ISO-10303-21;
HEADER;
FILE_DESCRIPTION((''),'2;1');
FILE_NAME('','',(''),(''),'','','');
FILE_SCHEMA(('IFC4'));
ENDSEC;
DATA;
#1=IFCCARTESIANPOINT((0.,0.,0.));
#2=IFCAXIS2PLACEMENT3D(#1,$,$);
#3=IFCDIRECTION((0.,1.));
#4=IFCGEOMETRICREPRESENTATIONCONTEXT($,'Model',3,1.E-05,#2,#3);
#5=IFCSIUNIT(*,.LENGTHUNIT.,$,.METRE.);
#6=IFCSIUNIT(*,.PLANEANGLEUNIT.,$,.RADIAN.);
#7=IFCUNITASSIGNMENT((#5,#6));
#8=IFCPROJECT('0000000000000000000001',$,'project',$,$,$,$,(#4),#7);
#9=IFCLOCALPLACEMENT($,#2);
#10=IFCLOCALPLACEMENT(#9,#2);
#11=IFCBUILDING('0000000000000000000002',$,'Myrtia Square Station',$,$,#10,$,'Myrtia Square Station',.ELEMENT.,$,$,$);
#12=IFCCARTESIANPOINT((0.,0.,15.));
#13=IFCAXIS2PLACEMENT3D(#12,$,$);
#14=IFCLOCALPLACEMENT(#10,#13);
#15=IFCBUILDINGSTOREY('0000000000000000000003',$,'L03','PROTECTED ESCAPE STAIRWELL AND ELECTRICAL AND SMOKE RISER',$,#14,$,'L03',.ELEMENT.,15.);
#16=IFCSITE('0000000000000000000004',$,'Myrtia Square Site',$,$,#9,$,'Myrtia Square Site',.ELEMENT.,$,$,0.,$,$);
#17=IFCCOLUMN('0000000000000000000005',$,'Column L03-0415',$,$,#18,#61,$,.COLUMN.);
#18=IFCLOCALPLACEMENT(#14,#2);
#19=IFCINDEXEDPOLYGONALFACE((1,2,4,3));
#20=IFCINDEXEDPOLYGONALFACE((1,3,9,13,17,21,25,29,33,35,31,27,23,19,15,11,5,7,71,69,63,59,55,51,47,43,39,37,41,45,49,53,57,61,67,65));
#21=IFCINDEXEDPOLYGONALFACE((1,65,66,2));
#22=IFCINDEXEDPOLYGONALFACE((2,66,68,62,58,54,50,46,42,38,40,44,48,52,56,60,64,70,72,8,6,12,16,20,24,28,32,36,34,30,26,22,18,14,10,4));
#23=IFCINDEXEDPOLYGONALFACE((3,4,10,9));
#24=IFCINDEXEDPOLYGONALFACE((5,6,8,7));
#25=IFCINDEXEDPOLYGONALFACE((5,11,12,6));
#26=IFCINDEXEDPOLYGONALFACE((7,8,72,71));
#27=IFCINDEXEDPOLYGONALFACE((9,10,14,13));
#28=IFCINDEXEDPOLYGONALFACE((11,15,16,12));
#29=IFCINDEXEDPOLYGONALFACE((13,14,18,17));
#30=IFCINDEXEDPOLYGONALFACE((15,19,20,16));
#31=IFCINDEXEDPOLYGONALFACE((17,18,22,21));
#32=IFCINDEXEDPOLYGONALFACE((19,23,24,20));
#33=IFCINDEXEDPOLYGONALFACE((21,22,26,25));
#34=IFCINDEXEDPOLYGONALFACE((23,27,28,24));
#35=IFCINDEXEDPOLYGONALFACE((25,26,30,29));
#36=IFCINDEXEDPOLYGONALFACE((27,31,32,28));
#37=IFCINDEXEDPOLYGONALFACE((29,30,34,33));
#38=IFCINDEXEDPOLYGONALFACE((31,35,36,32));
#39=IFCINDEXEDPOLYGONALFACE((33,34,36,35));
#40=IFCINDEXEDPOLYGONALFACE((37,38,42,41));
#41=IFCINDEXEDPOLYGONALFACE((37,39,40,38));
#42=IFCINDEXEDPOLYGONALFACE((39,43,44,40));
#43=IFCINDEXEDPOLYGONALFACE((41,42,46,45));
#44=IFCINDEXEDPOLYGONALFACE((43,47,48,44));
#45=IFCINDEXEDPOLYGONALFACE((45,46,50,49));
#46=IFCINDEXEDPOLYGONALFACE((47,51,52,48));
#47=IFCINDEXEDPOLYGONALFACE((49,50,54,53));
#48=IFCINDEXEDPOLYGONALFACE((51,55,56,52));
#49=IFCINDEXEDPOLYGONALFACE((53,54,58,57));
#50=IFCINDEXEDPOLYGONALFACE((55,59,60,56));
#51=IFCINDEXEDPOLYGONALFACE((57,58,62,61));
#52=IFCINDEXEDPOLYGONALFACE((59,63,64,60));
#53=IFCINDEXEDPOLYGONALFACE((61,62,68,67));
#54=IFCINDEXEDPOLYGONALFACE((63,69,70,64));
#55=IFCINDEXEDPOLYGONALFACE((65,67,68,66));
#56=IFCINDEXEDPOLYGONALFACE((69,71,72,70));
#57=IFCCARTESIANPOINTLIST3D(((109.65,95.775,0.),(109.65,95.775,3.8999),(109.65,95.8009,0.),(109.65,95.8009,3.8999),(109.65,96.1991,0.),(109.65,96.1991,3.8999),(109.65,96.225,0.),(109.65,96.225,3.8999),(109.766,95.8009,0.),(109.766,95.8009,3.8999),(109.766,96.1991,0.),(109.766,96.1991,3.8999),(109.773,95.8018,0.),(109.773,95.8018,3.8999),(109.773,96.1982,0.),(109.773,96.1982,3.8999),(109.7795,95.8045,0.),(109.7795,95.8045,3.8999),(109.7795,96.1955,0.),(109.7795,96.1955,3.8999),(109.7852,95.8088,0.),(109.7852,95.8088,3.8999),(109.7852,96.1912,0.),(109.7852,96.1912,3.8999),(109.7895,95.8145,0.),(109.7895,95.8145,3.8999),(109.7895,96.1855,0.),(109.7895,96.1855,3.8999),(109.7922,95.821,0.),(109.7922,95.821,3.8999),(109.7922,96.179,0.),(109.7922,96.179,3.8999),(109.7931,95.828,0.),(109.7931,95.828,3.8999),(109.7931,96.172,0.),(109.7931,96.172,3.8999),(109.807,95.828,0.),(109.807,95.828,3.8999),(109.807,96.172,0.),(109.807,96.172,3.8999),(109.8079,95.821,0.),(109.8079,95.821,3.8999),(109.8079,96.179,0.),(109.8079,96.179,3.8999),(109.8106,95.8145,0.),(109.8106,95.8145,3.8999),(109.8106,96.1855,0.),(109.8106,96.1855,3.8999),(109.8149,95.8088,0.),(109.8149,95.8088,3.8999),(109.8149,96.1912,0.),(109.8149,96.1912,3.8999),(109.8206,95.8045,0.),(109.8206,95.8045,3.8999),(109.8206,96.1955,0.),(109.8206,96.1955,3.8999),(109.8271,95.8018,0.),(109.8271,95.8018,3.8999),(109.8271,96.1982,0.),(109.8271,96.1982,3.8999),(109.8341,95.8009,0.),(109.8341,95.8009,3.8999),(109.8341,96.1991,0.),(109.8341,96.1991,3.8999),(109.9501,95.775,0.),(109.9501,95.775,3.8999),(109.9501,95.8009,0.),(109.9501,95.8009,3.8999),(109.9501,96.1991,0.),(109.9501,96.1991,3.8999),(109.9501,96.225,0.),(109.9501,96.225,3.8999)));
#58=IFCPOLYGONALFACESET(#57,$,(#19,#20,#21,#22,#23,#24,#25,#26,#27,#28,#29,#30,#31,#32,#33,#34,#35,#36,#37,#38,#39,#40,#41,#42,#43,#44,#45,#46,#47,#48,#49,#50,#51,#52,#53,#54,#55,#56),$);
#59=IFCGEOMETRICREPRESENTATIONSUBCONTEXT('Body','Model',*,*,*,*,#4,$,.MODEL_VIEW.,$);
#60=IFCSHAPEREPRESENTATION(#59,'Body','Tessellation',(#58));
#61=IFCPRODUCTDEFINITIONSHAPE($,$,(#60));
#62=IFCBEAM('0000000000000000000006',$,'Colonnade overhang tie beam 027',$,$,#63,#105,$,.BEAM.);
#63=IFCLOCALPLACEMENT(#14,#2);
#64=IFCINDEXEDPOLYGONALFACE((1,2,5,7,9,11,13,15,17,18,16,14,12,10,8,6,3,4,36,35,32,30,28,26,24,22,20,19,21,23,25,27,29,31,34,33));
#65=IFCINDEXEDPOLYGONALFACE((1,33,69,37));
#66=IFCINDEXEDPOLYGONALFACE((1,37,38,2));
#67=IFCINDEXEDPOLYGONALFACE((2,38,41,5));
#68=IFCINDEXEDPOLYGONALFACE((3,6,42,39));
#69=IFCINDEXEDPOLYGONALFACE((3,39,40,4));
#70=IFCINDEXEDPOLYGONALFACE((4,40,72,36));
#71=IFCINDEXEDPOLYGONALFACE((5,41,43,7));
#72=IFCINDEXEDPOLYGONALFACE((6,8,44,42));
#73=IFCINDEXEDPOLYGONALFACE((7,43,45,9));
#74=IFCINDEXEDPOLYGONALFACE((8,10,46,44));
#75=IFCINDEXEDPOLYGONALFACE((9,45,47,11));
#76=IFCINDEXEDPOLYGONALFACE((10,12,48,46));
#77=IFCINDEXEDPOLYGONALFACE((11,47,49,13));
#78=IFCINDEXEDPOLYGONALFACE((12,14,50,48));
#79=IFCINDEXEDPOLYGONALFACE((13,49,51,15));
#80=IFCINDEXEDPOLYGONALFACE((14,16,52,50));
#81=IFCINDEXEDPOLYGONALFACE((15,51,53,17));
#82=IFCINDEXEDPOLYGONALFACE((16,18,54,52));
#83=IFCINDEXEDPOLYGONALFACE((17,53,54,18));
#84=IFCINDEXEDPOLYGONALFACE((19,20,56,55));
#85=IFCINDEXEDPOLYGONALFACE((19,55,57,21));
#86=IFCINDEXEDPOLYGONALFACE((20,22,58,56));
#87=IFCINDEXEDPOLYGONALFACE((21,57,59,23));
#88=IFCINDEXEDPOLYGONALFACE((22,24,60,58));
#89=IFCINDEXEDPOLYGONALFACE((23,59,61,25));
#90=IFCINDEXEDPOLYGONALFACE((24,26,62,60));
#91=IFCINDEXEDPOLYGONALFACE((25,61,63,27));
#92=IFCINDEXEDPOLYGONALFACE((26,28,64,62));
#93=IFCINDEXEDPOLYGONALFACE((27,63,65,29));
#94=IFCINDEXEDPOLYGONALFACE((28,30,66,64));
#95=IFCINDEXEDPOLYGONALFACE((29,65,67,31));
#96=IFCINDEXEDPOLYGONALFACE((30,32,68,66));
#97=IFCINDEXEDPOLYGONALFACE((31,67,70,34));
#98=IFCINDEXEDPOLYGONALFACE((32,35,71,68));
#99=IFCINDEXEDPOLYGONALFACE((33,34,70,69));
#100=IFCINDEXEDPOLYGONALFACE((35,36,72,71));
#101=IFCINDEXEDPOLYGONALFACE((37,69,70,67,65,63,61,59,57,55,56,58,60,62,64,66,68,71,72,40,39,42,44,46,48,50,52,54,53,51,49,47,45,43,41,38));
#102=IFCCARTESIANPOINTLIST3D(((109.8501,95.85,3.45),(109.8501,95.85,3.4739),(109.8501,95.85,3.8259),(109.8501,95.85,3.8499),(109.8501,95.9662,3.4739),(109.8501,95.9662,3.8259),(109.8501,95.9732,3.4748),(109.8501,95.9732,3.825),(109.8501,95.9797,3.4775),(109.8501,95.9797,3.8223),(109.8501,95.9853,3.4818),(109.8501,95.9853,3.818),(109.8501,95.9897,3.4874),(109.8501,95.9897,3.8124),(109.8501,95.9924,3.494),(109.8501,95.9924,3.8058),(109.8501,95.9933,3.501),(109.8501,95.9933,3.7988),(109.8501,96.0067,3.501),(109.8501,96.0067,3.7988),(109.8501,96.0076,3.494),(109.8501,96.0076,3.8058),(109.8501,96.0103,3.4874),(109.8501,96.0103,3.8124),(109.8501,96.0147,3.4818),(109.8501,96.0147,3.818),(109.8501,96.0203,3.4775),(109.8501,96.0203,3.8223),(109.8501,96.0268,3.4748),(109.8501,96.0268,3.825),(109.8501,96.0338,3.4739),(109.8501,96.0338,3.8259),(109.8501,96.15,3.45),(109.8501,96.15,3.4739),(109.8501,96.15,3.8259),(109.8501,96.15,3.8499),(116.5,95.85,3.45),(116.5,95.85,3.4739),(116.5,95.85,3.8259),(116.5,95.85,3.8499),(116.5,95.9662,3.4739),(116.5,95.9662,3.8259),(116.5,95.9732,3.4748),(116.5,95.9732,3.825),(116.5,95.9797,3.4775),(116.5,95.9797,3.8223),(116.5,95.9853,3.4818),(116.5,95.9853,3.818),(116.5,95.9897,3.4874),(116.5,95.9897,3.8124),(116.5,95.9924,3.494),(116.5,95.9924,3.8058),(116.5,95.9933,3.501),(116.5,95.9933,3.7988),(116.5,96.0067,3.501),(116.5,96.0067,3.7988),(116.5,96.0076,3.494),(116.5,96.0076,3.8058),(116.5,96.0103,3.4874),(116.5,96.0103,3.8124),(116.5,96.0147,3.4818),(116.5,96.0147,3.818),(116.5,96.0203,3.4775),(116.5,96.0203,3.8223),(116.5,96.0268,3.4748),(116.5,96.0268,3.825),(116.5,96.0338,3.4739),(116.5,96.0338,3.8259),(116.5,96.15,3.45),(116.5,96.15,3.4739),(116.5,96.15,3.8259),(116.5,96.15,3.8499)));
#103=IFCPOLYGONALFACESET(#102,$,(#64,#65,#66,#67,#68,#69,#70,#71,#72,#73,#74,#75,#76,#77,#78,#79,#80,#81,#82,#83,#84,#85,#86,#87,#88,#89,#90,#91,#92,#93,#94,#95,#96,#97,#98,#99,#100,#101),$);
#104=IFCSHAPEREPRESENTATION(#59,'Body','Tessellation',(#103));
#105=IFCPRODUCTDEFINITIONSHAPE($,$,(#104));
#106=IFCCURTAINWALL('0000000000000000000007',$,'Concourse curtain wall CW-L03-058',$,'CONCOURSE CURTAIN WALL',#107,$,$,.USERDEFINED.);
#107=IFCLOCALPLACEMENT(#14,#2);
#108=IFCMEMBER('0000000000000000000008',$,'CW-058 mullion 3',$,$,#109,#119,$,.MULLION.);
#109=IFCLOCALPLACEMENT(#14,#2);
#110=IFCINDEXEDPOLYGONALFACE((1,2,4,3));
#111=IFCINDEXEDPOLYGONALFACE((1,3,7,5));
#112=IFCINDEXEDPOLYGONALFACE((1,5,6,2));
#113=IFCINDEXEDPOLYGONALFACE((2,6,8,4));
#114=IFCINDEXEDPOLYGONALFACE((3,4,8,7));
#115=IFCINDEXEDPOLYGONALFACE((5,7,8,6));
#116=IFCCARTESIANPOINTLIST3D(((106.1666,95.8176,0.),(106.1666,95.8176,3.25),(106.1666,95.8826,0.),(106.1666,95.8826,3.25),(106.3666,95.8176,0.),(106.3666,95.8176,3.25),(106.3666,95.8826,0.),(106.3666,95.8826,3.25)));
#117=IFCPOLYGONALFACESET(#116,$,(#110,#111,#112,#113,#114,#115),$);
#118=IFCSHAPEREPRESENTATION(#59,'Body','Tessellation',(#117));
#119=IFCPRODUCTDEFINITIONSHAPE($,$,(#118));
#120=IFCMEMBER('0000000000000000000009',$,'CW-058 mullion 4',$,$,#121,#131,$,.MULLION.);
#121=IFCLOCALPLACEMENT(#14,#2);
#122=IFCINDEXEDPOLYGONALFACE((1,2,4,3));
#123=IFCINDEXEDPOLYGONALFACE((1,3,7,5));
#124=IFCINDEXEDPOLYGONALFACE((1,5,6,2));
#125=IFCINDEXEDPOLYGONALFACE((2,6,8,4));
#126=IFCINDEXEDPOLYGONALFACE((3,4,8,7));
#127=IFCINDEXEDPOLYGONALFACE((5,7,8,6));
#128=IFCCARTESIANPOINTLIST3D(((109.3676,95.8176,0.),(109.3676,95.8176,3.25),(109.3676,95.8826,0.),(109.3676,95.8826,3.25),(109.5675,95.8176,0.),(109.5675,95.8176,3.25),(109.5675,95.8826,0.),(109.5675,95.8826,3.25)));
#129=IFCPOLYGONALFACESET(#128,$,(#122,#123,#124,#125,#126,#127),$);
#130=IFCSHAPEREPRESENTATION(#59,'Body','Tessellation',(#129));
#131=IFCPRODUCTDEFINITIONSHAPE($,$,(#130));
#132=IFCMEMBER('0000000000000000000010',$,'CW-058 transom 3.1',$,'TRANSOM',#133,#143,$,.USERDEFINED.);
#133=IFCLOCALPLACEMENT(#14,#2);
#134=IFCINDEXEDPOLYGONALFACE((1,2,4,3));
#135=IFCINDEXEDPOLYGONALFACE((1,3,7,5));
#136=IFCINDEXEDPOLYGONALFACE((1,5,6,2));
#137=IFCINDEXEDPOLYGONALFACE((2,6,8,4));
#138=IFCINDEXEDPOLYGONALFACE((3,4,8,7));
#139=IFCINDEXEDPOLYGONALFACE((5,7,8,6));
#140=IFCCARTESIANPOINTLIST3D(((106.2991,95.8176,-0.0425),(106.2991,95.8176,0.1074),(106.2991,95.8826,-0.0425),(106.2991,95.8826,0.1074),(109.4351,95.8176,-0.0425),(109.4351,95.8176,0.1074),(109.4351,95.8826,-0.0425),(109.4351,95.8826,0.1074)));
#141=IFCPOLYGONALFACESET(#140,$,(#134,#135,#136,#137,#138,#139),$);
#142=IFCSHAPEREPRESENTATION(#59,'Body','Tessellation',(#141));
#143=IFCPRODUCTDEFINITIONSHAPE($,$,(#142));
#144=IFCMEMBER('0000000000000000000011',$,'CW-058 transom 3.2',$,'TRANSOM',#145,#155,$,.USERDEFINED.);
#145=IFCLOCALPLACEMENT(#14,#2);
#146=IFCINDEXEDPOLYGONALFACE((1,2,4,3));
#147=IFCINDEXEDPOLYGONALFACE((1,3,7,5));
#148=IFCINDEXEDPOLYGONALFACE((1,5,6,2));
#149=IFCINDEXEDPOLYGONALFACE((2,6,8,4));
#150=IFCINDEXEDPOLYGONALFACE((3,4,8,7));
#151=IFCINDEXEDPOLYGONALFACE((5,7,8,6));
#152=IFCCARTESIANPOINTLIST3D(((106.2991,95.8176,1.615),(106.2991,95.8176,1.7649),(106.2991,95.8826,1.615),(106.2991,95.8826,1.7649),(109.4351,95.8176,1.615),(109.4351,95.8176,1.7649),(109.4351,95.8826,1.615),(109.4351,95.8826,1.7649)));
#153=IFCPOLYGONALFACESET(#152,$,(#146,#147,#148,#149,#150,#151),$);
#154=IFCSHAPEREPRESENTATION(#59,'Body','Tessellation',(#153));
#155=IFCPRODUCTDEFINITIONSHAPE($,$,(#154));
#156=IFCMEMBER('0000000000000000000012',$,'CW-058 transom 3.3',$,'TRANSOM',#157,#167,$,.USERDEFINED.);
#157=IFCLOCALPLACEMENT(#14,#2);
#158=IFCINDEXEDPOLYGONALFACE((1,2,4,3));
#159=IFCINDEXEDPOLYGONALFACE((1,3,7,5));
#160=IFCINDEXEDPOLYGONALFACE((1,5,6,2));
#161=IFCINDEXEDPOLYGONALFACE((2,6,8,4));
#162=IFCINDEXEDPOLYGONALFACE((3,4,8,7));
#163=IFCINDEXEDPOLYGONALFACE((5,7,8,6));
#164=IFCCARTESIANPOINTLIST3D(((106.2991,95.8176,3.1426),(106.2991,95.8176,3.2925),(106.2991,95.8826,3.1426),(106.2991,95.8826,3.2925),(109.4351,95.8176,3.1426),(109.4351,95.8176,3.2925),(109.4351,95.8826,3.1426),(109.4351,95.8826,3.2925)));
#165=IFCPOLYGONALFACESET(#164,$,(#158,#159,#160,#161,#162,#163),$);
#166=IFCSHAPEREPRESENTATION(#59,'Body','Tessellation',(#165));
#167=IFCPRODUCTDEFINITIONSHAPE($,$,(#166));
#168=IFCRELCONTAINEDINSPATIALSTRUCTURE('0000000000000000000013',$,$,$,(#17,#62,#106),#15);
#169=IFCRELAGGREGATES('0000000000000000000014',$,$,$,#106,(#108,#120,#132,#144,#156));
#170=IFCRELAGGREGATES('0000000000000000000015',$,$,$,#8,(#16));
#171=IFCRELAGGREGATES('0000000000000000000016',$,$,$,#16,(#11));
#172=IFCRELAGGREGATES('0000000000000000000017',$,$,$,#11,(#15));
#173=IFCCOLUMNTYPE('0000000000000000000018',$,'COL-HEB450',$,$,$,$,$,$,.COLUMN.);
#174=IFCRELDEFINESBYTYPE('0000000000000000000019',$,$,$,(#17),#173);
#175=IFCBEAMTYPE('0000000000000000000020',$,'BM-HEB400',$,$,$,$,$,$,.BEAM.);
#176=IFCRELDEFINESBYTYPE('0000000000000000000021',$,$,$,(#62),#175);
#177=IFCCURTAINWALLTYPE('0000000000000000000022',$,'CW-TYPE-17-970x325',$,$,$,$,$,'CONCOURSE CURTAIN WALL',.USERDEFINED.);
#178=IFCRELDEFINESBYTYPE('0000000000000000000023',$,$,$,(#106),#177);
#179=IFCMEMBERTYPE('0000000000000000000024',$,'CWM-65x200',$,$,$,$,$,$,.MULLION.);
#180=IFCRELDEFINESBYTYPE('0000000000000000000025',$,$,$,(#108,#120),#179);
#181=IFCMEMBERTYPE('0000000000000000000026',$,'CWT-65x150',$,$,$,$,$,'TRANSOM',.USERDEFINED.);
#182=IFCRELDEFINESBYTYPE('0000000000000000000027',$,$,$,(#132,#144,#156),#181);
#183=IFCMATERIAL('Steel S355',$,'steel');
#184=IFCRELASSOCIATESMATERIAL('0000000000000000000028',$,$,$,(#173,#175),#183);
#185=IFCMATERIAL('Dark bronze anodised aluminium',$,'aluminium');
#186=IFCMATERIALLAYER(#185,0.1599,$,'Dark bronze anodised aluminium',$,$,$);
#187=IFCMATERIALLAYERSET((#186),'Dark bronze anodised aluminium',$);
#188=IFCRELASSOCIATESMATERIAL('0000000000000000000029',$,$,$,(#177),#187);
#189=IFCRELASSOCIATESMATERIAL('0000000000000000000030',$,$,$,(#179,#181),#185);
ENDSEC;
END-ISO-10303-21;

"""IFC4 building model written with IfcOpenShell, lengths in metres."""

from ifc_helpers import new_model, si_unit, direction, frame, origin, origin_2d, place, context, subcontext, project, spatial, rectangle, i_section, extrude, material, layer, layer_set, material_profile, profile_set, type_object, element, aggregate, save


model = new_model("IFC4")

# Units and contexts
model_context = context("Model", 3, precision=1e-05, world=origin(), true_north=direction((0.0, 1.0)))
body_context = subcontext(model_context, "Body", "Model", "MODEL_VIEW")
ifc_project = project(units=[si_unit("LENGTHUNIT", "METRE"), si_unit("PLANEANGLEUNIT", "RADIAN")], contexts=[model_context])

# Site, building, storey
site_placement = place(None, origin())
site = spatial("IfcSite", under=ifc_project, at=site_placement, Name="Myrtia Square Site", LongName="Myrtia Square Site", CompositionType="ELEMENT", RefElevation=0.0)
building_placement = place(site_placement, origin())
building = spatial("IfcBuilding", under=site, at=building_placement, Name="Myrtia Square Station", LongName="Myrtia Square Station", CompositionType="ELEMENT")
storey_placement = place(building_placement, frame((0.0, 0.0, 15.0)))
storey = spatial("IfcBuildingStorey", under=building, at=storey_placement, Name="L03", Description="PROTECTED ESCAPE STAIRWELL AND ELECTRICAL AND SMOKE RISER", LongName="L03", CompositionType="ELEMENT", Elevation=15.0)

# Column
ifc_material_1 = material(Name="Steel S355", Category="steel")
ifc_material_profile_1 = material_profile(ifc_material_1, i_section(OverallWidth=0.3, OverallDepth=0.45, WebThickness=0.0139, FlangeThickness=0.0259, FilletRadius=0.0271, at=origin_2d()), Name="HEB 450")
ifc_profile_set_1 = profile_set([ifc_material_profile_1], Name="Steel S355")
column_type_1 = type_object("IfcColumnType", Name="COL-HEB450", PredefinedType="COLUMN", material=ifc_profile_set_1)
column_1_placement = place(storey_placement, frame((109.8, 96.0, 0.0), z_axis=(0.0, 0.0, 1.0), x_axis=(1.0, 0.0, 0.0)))
element("IfcColumn", 1, at=column_1_placement, inside=storey, type_object=column_type_1, Name="Column L03-0415", PredefinedType="COLUMN", context=body_context, shape_type="SweptSolid", body=[
    extrude(i_section(OverallWidth=0.3, OverallDepth=0.45, WebThickness=0.0139, FlangeThickness=0.0259, FilletRadius=0.0271, at=origin_2d()), origin(), (0.0, 0.0, 1.0), 3.8999),
])

# Beam
ifc_material_profile_2 = material_profile(ifc_material_1, i_section(OverallWidth=0.3, OverallDepth=0.3999, WebThickness=0.0134, FlangeThickness=0.0239, FilletRadius=0.0271, at=origin_2d()), Name="HEB 400")
ifc_profile_set_2 = profile_set([ifc_material_profile_2], Name="Steel S355")
beam_type_1 = type_object("IfcBeamType", Name="BM-HEB400", PredefinedType="BEAM", material=ifc_profile_set_2)
beam_1_placement = place(storey_placement, frame((109.8501, 96.0, 3.6499), z_axis=(1.0, 0.0, 0.0), x_axis=(0.0, 1.0, 0.0)))
element("IfcBeam", 2, at=beam_1_placement, inside=storey, type_object=beam_type_1, Name="Colonnade overhang tie beam 027", PredefinedType="BEAM", context=body_context, shape_type="SweptSolid", body=[
    extrude(i_section(OverallWidth=0.3, OverallDepth=0.3999, WebThickness=0.0134, FlangeThickness=0.0239, FilletRadius=0.0271, at=origin_2d()), origin(), (0.0, 0.0, 1.0), 6.6499),
])

# Curtain wall, members
ifc_material_2 = material(Name="Dark bronze anodised aluminium", Category="aluminium")
ifc_layer_1 = layer(ifc_material_2, 0.1599, Name="Dark bronze anodised aluminium")
ifc_layer_set_1 = layer_set([ifc_layer_1], Name="Dark bronze anodised aluminium")
curtain_wall_type = type_object("IfcCurtainWallType", Name="CW-TYPE-17-970x325", ElementType="CONCOURSE CURTAIN WALL", PredefinedType="USERDEFINED", material=ifc_layer_set_1)
curtain_wall_placement = place(storey_placement, origin())
curtain_wall = element("IfcCurtainWall", 3, at=curtain_wall_placement, inside=storey, type_object=curtain_wall_type, Name="Concourse curtain wall CW-L03-058", ObjectType="CONCOURSE CURTAIN WALL", PredefinedType="USERDEFINED")
ifc_material_profile_3 = material_profile(ifc_material_2, rectangle(XDim=0.0649, YDim=0.2, at=origin_2d()), Name="ALU-M 65x200")
ifc_profile_set_3 = profile_set([ifc_material_profile_3], Name="Dark bronze anodised aluminium")
member_type_1 = type_object("IfcMemberType", Name="CWM-65x200", PredefinedType="MULLION", material=ifc_profile_set_3)
member_1_placement = place(storey_placement, frame((106.2666, 95.8501, 0.0), z_axis=(0.0, 0.0, 1.0), x_axis=(0.0, 1.0, 0.0)))
member_1 = element("IfcMember", 4, at=member_1_placement, type_object=member_type_1, Name="CW-058 mullion 3", PredefinedType="MULLION", context=body_context, shape_type="SweptSolid", body=[
    extrude(rectangle(XDim=0.0649, YDim=0.2, at=origin_2d()), origin(), (0.0, 0.0, 1.0), 3.25),
])
member_2_placement = place(storey_placement, frame((109.4675, 95.8501, 0.0), z_axis=(0.0, 0.0, 1.0), x_axis=(0.0, 1.0, 0.0)))
member_2 = element("IfcMember", 5, at=member_2_placement, type_object=member_type_1, Name="CW-058 mullion 4", PredefinedType="MULLION", context=body_context, shape_type="SweptSolid", body=[
    extrude(rectangle(XDim=0.0649, YDim=0.2, at=origin_2d()), origin(), (0.0, 0.0, 1.0), 3.25),
])
ifc_material_profile_4 = material_profile(ifc_material_2, rectangle(XDim=0.0649, YDim=0.1499, at=origin_2d()), Name="ALU-T 65x150")
ifc_profile_set_4 = profile_set([ifc_material_profile_4], Name="Dark bronze anodised aluminium")
member_type_2 = type_object("IfcMemberType", Name="CWT-65x150", ElementType="TRANSOM", PredefinedType="USERDEFINED", material=ifc_profile_set_4)
member_3_placement = place(storey_placement, frame((106.2991, 95.8501, 0.0325), z_axis=(1.0, 0.0, 0.0), x_axis=(0.0, 1.0, 0.0)))
member_3 = element("IfcMember", 6, at=member_3_placement, type_object=member_type_2, Name="CW-058 transom 3.1", ObjectType="TRANSOM", PredefinedType="USERDEFINED", context=body_context, shape_type="SweptSolid", body=[
    extrude(rectangle(XDim=0.0649, YDim=0.1499, at=origin_2d()), origin(), (0.0, 0.0, 1.0), 3.136),
])
member_4_placement = place(storey_placement, frame((106.2991, 95.8501, 1.6899), z_axis=(1.0, 0.0, 0.0), x_axis=(0.0, 1.0, 0.0)))
member_4 = element("IfcMember", 7, at=member_4_placement, type_object=member_type_2, Name="CW-058 transom 3.2", ObjectType="TRANSOM", PredefinedType="USERDEFINED", context=body_context, shape_type="SweptSolid", body=[
    extrude(rectangle(XDim=0.0649, YDim=0.1499, at=origin_2d()), origin(), (0.0, 0.0, 1.0), 3.136),
])
member_5_placement = place(storey_placement, frame((106.2991, 95.8501, 3.2175), z_axis=(1.0, 0.0, 0.0), x_axis=(0.0, 1.0, 0.0)))
member_5 = element("IfcMember", 8, at=member_5_placement, type_object=member_type_2, Name="CW-058 transom 3.3", ObjectType="TRANSOM", PredefinedType="USERDEFINED", context=body_context, shape_type="SweptSolid", body=[
    extrude(rectangle(XDim=0.0649, YDim=0.1499, at=origin_2d()), origin(), (0.0, 0.0, 1.0), 3.136),
])

aggregate(curtain_wall, [member_1, member_2, member_3, member_4, member_5])

save(model, "model.ifc")
